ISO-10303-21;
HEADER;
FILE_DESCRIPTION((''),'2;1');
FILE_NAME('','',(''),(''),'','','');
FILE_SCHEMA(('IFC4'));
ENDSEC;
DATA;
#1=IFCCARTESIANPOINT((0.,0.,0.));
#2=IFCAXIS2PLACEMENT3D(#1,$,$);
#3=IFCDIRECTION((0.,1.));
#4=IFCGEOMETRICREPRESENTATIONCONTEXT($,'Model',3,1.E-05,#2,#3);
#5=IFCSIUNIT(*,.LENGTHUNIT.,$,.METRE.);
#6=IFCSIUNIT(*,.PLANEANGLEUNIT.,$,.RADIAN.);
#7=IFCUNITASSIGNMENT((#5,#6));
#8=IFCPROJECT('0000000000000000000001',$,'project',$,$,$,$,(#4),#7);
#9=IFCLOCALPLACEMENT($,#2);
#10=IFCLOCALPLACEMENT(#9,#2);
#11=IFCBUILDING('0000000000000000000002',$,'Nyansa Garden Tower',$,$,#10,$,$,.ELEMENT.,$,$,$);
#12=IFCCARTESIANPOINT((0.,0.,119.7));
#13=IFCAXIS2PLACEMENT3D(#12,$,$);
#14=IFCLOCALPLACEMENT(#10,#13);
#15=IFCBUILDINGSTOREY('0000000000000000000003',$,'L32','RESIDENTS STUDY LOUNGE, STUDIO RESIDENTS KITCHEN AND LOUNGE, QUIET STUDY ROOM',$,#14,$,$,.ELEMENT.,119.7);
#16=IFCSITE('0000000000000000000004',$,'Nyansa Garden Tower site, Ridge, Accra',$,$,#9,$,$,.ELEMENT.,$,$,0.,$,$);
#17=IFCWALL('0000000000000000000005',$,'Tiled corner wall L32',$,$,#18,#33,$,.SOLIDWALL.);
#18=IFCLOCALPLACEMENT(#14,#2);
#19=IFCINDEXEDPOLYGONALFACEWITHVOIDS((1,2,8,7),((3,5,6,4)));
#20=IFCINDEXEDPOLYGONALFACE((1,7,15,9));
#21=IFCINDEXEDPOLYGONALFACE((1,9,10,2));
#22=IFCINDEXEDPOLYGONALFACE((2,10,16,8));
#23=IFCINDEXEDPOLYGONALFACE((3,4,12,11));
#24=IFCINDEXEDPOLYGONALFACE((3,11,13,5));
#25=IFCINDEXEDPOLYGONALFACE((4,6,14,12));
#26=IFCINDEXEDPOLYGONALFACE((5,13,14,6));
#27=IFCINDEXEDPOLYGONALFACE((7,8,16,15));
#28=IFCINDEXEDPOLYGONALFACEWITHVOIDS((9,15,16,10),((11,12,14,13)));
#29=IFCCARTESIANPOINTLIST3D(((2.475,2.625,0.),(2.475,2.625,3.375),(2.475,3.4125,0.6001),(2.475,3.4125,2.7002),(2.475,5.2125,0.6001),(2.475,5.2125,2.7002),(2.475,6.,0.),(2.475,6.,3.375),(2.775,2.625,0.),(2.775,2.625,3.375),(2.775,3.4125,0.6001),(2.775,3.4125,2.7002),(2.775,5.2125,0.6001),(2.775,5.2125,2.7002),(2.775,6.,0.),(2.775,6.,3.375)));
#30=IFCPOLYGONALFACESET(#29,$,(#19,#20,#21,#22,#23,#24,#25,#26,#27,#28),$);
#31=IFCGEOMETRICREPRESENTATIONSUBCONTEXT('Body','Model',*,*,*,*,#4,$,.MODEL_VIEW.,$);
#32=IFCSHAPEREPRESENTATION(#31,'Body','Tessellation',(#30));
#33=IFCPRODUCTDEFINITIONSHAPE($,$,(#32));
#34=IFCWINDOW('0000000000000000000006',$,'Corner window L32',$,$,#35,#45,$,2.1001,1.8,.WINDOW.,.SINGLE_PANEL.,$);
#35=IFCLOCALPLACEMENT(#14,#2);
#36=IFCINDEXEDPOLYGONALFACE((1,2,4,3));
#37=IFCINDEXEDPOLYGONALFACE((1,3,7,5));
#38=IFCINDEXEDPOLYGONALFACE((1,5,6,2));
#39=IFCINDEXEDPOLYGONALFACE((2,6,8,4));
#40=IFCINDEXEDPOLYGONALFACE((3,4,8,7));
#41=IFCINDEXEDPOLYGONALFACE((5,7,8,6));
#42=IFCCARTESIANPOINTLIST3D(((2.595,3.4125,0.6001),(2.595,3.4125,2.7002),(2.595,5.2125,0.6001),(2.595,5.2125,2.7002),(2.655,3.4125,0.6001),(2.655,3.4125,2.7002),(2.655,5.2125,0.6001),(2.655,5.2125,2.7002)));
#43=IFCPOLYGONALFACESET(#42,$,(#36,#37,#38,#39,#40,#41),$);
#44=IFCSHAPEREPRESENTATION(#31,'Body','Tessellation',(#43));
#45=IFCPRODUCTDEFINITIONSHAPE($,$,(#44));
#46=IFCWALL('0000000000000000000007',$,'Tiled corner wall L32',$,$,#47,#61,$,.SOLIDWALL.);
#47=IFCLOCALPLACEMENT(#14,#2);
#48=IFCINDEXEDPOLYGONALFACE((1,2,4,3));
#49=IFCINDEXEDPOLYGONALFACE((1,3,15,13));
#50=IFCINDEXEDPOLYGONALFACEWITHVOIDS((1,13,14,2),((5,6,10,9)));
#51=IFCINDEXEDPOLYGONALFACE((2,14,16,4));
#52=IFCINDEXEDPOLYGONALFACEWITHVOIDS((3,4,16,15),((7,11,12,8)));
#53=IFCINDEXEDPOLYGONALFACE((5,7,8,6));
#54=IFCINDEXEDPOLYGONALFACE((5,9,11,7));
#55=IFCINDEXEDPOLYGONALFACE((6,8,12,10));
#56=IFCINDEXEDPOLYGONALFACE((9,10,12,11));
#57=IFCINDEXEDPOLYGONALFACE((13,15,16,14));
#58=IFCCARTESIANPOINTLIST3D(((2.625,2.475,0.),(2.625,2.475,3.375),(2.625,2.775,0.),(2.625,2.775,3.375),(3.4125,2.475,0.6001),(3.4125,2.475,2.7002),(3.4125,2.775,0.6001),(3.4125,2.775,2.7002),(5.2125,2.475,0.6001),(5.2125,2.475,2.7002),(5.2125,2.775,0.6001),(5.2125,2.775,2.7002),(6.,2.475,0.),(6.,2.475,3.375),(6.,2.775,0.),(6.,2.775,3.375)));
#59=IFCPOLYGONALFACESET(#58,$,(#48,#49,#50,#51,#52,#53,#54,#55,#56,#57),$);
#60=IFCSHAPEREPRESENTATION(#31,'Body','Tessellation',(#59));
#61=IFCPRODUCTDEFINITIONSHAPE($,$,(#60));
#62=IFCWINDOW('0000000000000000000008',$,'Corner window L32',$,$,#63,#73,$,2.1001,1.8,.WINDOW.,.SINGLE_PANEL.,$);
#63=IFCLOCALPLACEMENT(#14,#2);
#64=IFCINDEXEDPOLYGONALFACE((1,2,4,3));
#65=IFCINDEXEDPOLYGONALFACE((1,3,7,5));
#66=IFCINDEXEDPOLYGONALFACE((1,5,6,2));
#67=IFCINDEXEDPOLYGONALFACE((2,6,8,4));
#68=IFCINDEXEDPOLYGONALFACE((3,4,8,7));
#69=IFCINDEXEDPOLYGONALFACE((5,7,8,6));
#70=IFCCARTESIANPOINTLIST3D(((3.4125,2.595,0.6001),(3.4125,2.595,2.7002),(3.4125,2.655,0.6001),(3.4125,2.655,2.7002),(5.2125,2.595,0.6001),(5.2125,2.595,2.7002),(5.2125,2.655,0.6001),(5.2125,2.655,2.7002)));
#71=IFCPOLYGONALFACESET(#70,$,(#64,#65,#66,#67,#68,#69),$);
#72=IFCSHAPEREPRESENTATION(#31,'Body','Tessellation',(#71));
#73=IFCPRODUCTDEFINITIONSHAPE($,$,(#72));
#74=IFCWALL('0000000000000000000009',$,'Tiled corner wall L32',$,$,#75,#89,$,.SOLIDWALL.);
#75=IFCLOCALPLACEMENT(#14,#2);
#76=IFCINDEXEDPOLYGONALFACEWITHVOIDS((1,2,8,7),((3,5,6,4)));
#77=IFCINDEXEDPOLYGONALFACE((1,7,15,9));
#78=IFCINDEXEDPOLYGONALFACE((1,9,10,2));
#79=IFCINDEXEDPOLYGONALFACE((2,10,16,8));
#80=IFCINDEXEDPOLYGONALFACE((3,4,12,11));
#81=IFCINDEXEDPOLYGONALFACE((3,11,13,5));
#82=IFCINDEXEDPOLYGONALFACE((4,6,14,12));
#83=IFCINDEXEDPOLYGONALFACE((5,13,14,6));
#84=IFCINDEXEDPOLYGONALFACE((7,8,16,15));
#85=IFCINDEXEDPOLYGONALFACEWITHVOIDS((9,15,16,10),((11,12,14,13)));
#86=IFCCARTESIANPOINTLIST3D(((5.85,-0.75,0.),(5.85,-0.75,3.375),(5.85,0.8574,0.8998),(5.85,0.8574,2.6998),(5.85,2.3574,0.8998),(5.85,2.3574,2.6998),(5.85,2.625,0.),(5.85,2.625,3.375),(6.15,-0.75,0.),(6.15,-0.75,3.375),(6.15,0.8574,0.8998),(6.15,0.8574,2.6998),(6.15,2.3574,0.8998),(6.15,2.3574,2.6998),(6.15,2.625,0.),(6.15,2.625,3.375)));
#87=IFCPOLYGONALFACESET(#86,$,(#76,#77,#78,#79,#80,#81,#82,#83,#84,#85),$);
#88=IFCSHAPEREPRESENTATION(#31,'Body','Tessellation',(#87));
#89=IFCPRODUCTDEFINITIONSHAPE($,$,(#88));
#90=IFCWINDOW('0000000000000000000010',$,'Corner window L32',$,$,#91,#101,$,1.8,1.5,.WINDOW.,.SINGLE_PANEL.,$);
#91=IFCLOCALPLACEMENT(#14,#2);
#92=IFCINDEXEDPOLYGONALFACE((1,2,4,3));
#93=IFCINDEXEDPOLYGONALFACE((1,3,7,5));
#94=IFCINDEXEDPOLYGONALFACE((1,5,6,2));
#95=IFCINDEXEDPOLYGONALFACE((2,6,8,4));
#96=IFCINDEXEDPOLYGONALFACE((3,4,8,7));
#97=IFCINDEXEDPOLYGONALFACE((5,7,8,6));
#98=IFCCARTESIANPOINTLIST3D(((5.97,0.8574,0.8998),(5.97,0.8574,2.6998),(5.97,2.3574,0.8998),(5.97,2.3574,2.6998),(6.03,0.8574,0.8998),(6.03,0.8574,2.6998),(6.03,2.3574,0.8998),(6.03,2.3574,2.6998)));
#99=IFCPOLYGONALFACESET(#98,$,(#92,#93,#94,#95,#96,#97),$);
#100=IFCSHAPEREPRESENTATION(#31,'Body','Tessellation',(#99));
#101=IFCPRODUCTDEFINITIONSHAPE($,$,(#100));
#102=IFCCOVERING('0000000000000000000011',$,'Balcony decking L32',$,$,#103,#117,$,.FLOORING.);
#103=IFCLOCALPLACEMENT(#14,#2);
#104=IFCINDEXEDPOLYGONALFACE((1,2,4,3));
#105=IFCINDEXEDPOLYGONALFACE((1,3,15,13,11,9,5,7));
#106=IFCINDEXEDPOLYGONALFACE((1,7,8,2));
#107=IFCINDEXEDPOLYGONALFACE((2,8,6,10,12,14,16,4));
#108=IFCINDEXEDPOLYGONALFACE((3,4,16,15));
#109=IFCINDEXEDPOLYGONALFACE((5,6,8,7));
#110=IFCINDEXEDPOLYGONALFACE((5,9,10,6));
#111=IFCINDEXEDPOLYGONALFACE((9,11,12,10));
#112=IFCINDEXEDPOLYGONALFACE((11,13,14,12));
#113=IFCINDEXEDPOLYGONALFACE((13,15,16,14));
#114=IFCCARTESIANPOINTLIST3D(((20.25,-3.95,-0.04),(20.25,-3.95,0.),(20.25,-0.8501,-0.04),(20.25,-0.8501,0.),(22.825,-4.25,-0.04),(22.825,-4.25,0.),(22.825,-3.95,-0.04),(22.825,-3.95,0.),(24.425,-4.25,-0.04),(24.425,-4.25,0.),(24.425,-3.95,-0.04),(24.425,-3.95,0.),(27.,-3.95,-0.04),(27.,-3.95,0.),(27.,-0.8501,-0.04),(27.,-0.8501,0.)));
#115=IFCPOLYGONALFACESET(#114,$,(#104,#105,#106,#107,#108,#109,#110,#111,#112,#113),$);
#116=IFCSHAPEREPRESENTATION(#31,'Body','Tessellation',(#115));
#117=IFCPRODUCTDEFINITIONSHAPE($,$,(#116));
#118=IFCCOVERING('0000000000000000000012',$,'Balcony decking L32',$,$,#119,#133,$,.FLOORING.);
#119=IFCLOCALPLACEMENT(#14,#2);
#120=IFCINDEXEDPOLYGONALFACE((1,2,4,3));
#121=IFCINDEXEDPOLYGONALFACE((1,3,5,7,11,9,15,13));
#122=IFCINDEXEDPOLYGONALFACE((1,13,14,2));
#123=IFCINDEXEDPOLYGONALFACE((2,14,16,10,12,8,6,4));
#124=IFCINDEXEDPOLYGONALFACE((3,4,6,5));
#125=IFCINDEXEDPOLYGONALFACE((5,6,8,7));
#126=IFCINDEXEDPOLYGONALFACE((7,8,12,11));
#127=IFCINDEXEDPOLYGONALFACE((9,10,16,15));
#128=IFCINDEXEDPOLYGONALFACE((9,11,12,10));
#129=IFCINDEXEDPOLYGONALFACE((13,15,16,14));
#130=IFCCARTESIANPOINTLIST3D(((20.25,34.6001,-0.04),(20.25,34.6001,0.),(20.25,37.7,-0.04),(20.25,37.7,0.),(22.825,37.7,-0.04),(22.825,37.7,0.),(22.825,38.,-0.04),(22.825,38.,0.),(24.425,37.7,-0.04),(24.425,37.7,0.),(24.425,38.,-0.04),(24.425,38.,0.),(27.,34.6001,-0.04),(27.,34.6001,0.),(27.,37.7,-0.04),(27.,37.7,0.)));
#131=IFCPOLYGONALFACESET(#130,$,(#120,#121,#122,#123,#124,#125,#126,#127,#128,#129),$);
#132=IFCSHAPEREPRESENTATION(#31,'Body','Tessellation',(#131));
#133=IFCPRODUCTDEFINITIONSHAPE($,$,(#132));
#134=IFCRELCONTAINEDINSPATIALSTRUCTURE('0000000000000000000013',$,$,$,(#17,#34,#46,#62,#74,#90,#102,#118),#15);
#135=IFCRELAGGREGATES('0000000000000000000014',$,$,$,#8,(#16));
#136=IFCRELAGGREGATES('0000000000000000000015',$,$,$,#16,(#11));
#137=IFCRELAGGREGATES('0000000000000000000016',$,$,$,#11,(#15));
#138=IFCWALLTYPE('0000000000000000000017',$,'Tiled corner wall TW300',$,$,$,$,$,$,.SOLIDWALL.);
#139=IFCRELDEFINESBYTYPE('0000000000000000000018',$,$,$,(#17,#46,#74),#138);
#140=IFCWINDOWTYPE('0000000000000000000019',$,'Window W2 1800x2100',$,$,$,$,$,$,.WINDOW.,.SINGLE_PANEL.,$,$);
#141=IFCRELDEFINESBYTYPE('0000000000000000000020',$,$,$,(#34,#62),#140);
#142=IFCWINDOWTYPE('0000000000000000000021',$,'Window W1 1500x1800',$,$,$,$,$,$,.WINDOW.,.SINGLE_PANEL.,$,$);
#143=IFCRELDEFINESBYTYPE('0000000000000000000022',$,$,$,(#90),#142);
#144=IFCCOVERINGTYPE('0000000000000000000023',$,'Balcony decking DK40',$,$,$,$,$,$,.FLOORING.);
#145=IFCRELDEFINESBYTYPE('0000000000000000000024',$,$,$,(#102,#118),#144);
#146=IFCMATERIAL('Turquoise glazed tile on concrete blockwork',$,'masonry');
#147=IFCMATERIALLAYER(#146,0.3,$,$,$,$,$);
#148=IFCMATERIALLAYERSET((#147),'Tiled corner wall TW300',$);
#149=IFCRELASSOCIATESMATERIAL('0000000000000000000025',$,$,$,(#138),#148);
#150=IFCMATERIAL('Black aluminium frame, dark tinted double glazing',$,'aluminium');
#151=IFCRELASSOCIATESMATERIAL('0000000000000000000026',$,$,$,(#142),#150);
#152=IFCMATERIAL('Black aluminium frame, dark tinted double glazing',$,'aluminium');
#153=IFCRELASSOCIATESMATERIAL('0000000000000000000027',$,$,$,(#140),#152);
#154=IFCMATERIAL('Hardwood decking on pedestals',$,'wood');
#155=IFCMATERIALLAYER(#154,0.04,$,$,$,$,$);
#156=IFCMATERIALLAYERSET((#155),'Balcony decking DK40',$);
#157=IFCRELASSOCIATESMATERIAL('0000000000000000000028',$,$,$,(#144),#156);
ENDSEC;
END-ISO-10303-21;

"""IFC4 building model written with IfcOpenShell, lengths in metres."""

from ifc_helpers import new_model, si_unit, direction, frame, frame_2d, origin, place, context, subcontext, project, spatial, polyline, rectangle, outline, extrude, material, layer, layer_set, type_object, element, fill, save


model = new_model("IFC4")

# Units and contexts
model_context = context("Model", 3, precision=1e-05, world=origin(), true_north=direction((0.0, 1.0)))
body_context = subcontext(model_context, "Body", "Model", "MODEL_VIEW")
ifc_project = project(units=[si_unit("LENGTHUNIT", "METRE"), si_unit("PLANEANGLEUNIT", "RADIAN")], contexts=[model_context])

# Site, building, storey
site_placement = place(None, origin())
site = spatial("IfcSite", under=ifc_project, at=site_placement, Name="Nyansa Garden Tower site, Ridge, Accra", CompositionType="ELEMENT", RefElevation=0.0)
building_placement = place(site_placement, origin())
building = spatial("IfcBuilding", under=site, at=building_placement, Name="Nyansa Garden Tower", CompositionType="ELEMENT")
storey_placement = place(building_placement, frame((0.0, 0.0, 119.7)))
storey = spatial("IfcBuildingStorey", under=building, at=storey_placement, Name="L32", Description="RESIDENTS STUDY LOUNGE, STUDIO RESIDENTS KITCHEN AND LOUNGE, QUIET STUDY ROOM", CompositionType="ELEMENT", Elevation=119.7)

# Walls, openings, windows
ifc_material_1 = material(Name="Turquoise glazed tile on concrete blockwork", Category="masonry")
ifc_layer_1 = layer(ifc_material_1, 0.3)
ifc_layer_set_1 = layer_set([ifc_layer_1], Name="Tiled corner wall TW300")
wall_type = type_object("IfcWallType", Name="Tiled corner wall TW300", PredefinedType="SOLIDWALL", material=ifc_layer_set_1)
ifc_material_2 = material(Name="Black aluminium frame, dark tinted double glazing", Category="aluminium")
window_type_1 = type_object("IfcWindowType", Name="Window W1 1500x1800", PartitioningType="SINGLE_PANEL", PredefinedType="WINDOW", material=ifc_material_2)
wall_1_placement = place(storey_placement, frame((2.625, 6.0, 0.0), z_axis=(0.0, 0.0, 1.0), x_axis=(0.0, -1.0, 0.0)))
wall_1 = element("IfcWall", 1, at=wall_1_placement, inside=storey, type_object=wall_type, Name="Tiled corner wall L32", PredefinedType="SOLIDWALL", context=body_context, shape_type="SweptSolid", body=[
    extrude(rectangle(XDim=3.375, YDim=0.3, at=frame_2d((1.6875, 0.0))), origin(), (0.0, 0.0, 1.0), 3.375),
])
opening_1_placement = place(wall_1_placement, frame((0.7876, 0.0, 0.6001)))
opening_1 = element("IfcOpeningElement", 2, at=opening_1_placement, cuts=wall_1, PredefinedType="OPENING", context=body_context, shape_type="SweptSolid", body=[
    extrude(rectangle(XDim=1.8, YDim=2.1001, at=frame_2d((0.8999, 1.05))), frame((0.0, 0.1599, 0.0), z_axis=(0.0, -1.0, 0.0), x_axis=(1.0, 0.0, 0.0)), (0.0, 0.0, 1.0), 0.3201),
])
ifc_material_3 = material(Name="Black aluminium frame, dark tinted double glazing", Category="aluminium")
window_type_2 = type_object("IfcWindowType", Name="Window W2 1800x2100", PartitioningType="SINGLE_PANEL", PredefinedType="WINDOW", material=ifc_material_3)
window_1_placement = place(opening_1_placement, origin())
window_1 = element("IfcWindow", 3, at=window_1_placement, inside=storey, type_object=window_type_2, Name="Corner window L32", OverallHeight=2.1001, OverallWidth=1.8, PartitioningType="SINGLE_PANEL", PredefinedType="WINDOW", context=body_context, shape_type="SweptSolid", body=[
    extrude(rectangle(XDim=1.8, YDim=2.1001, at=frame_2d((0.8999, 1.05))), frame((0.0, 0.03, 0.0), z_axis=(0.0, -1.0, 0.0), x_axis=(1.0, 0.0, 0.0)), (0.0, 0.0, 1.0), 0.0601),
])
fill(opening_1, window_1)
wall_2_placement = place(storey_placement, frame((2.625, 2.625, 0.0), z_axis=(0.0, 0.0, 1.0), x_axis=(1.0, 0.0, 0.0)))
wall_2 = element("IfcWall", 4, at=wall_2_placement, inside=storey, type_object=wall_type, Name="Tiled corner wall L32", PredefinedType="SOLIDWALL", context=body_context, shape_type="SweptSolid", body=[
    extrude(rectangle(XDim=3.375, YDim=0.3, at=frame_2d((1.6875, 0.0))), origin(), (0.0, 0.0, 1.0), 3.375),
])
opening_2_placement = place(wall_2_placement, frame((0.7876, 0.0, 0.6001)))
opening_2 = element("IfcOpeningElement", 5, at=opening_2_placement, cuts=wall_2, PredefinedType="OPENING", context=body_context, shape_type="SweptSolid", body=[
    extrude(rectangle(XDim=1.8, YDim=2.1001, at=frame_2d((0.8999, 1.05))), frame((0.0, 0.1599, 0.0), z_axis=(0.0, -1.0, 0.0), x_axis=(1.0, 0.0, 0.0)), (0.0, 0.0, 1.0), 0.3201),
])
window_2_placement = place(opening_2_placement, origin())
window_2 = element("IfcWindow", 6, at=window_2_placement, inside=storey, type_object=window_type_2, Name="Corner window L32", OverallHeight=2.1001, OverallWidth=1.8, PartitioningType="SINGLE_PANEL", PredefinedType="WINDOW", context=body_context, shape_type="SweptSolid", body=[
    extrude(rectangle(XDim=1.8, YDim=2.1001, at=frame_2d((0.8999, 1.05))), frame((0.0, 0.03, 0.0), z_axis=(0.0, -1.0, 0.0), x_axis=(1.0, 0.0, 0.0)), (0.0, 0.0, 1.0), 0.0601),
])
fill(opening_2, window_2)
wall_3_placement = place(storey_placement, frame((6.0, 2.625, 0.0), z_axis=(0.0, 0.0, 1.0), x_axis=(0.0, -1.0, 0.0)))
wall_3 = element("IfcWall", 7, at=wall_3_placement, inside=storey, type_object=wall_type, Name="Tiled corner wall L32", PredefinedType="SOLIDWALL", context=body_context, shape_type="SweptSolid", body=[
    extrude(rectangle(XDim=3.375, YDim=0.3, at=frame_2d((1.6875, 0.0))), origin(), (0.0, 0.0, 1.0), 3.375),
])
opening_3_placement = place(wall_3_placement, frame((0.2676, 0.0, 0.8999)))
opening_3 = element("IfcOpeningElement", 8, at=opening_3_placement, cuts=wall_3, PredefinedType="OPENING", context=body_context, shape_type="SweptSolid", body=[
    extrude(rectangle(XDim=1.5, YDim=1.8, at=frame_2d((0.75, 0.8999))), frame((0.0, 0.1599, 0.0), z_axis=(0.0, -1.0, 0.0), x_axis=(1.0, 0.0, 0.0)), (0.0, 0.0, 1.0), 0.3201),
])
window_3_placement = place(opening_3_placement, origin())
window_3 = element("IfcWindow", 9, at=window_3_placement, inside=storey, type_object=window_type_1, Name="Corner window L32", OverallHeight=1.8, OverallWidth=1.5, PartitioningType="SINGLE_PANEL", PredefinedType="WINDOW", context=body_context, shape_type="SweptSolid", body=[
    extrude(rectangle(XDim=1.5, YDim=1.8, at=frame_2d((0.75, 0.8999))), frame((0.0, 0.03, 0.0), z_axis=(0.0, -1.0, 0.0), x_axis=(1.0, 0.0, 0.0)), (0.0, 0.0, 1.0), 0.0601),
])
fill(opening_3, window_3)

# Coverings
ifc_material_4 = material(Name="Hardwood decking on pedestals", Category="wood")
ifc_layer_2 = layer(ifc_material_4, 0.04)
ifc_layer_set_2 = layer_set([ifc_layer_2], Name="Balcony decking DK40")
covering_type = type_object("IfcCoveringType", Name="Balcony decking DK40", PredefinedType="FLOORING", material=ifc_layer_set_2)
covering_1_placement = place(storey_placement, frame((0.0, 0.0, -0.04)))
element("IfcCovering", 10, at=covering_1_placement, inside=storey, type_object=covering_type, Name="Balcony decking L32", PredefinedType="FLOORING", context=body_context, shape_type="SweptSolid", body=[
    extrude(outline(polyline([(20.25, -0.8501), (27.0, -0.8501), (27.0, -3.95), (24.425, -3.95), (24.425, -4.25), (22.825, -4.25), (22.825, -3.95), (20.25, -3.95), (20.25, -0.8501)])), origin(), (0.0, 0.0, 1.0), 0.04),
])
covering_2_placement = place(storey_placement, frame((0.0, 0.0, -0.04)))
element("IfcCovering", 11, at=covering_2_placement, inside=storey, type_object=covering_type, Name="Balcony decking L32", PredefinedType="FLOORING", context=body_context, shape_type="SweptSolid", body=[
    extrude(outline(polyline([(20.25, 34.6001), (27.0, 34.6001), (27.0, 37.7), (24.425, 37.7), (24.425, 38.0), (22.825, 38.0), (22.825, 37.7), (20.25, 37.7), (20.25, 34.6001)])), origin(), (0.0, 0.0, 1.0), 0.04),
])

save(model, "model.ifc")
